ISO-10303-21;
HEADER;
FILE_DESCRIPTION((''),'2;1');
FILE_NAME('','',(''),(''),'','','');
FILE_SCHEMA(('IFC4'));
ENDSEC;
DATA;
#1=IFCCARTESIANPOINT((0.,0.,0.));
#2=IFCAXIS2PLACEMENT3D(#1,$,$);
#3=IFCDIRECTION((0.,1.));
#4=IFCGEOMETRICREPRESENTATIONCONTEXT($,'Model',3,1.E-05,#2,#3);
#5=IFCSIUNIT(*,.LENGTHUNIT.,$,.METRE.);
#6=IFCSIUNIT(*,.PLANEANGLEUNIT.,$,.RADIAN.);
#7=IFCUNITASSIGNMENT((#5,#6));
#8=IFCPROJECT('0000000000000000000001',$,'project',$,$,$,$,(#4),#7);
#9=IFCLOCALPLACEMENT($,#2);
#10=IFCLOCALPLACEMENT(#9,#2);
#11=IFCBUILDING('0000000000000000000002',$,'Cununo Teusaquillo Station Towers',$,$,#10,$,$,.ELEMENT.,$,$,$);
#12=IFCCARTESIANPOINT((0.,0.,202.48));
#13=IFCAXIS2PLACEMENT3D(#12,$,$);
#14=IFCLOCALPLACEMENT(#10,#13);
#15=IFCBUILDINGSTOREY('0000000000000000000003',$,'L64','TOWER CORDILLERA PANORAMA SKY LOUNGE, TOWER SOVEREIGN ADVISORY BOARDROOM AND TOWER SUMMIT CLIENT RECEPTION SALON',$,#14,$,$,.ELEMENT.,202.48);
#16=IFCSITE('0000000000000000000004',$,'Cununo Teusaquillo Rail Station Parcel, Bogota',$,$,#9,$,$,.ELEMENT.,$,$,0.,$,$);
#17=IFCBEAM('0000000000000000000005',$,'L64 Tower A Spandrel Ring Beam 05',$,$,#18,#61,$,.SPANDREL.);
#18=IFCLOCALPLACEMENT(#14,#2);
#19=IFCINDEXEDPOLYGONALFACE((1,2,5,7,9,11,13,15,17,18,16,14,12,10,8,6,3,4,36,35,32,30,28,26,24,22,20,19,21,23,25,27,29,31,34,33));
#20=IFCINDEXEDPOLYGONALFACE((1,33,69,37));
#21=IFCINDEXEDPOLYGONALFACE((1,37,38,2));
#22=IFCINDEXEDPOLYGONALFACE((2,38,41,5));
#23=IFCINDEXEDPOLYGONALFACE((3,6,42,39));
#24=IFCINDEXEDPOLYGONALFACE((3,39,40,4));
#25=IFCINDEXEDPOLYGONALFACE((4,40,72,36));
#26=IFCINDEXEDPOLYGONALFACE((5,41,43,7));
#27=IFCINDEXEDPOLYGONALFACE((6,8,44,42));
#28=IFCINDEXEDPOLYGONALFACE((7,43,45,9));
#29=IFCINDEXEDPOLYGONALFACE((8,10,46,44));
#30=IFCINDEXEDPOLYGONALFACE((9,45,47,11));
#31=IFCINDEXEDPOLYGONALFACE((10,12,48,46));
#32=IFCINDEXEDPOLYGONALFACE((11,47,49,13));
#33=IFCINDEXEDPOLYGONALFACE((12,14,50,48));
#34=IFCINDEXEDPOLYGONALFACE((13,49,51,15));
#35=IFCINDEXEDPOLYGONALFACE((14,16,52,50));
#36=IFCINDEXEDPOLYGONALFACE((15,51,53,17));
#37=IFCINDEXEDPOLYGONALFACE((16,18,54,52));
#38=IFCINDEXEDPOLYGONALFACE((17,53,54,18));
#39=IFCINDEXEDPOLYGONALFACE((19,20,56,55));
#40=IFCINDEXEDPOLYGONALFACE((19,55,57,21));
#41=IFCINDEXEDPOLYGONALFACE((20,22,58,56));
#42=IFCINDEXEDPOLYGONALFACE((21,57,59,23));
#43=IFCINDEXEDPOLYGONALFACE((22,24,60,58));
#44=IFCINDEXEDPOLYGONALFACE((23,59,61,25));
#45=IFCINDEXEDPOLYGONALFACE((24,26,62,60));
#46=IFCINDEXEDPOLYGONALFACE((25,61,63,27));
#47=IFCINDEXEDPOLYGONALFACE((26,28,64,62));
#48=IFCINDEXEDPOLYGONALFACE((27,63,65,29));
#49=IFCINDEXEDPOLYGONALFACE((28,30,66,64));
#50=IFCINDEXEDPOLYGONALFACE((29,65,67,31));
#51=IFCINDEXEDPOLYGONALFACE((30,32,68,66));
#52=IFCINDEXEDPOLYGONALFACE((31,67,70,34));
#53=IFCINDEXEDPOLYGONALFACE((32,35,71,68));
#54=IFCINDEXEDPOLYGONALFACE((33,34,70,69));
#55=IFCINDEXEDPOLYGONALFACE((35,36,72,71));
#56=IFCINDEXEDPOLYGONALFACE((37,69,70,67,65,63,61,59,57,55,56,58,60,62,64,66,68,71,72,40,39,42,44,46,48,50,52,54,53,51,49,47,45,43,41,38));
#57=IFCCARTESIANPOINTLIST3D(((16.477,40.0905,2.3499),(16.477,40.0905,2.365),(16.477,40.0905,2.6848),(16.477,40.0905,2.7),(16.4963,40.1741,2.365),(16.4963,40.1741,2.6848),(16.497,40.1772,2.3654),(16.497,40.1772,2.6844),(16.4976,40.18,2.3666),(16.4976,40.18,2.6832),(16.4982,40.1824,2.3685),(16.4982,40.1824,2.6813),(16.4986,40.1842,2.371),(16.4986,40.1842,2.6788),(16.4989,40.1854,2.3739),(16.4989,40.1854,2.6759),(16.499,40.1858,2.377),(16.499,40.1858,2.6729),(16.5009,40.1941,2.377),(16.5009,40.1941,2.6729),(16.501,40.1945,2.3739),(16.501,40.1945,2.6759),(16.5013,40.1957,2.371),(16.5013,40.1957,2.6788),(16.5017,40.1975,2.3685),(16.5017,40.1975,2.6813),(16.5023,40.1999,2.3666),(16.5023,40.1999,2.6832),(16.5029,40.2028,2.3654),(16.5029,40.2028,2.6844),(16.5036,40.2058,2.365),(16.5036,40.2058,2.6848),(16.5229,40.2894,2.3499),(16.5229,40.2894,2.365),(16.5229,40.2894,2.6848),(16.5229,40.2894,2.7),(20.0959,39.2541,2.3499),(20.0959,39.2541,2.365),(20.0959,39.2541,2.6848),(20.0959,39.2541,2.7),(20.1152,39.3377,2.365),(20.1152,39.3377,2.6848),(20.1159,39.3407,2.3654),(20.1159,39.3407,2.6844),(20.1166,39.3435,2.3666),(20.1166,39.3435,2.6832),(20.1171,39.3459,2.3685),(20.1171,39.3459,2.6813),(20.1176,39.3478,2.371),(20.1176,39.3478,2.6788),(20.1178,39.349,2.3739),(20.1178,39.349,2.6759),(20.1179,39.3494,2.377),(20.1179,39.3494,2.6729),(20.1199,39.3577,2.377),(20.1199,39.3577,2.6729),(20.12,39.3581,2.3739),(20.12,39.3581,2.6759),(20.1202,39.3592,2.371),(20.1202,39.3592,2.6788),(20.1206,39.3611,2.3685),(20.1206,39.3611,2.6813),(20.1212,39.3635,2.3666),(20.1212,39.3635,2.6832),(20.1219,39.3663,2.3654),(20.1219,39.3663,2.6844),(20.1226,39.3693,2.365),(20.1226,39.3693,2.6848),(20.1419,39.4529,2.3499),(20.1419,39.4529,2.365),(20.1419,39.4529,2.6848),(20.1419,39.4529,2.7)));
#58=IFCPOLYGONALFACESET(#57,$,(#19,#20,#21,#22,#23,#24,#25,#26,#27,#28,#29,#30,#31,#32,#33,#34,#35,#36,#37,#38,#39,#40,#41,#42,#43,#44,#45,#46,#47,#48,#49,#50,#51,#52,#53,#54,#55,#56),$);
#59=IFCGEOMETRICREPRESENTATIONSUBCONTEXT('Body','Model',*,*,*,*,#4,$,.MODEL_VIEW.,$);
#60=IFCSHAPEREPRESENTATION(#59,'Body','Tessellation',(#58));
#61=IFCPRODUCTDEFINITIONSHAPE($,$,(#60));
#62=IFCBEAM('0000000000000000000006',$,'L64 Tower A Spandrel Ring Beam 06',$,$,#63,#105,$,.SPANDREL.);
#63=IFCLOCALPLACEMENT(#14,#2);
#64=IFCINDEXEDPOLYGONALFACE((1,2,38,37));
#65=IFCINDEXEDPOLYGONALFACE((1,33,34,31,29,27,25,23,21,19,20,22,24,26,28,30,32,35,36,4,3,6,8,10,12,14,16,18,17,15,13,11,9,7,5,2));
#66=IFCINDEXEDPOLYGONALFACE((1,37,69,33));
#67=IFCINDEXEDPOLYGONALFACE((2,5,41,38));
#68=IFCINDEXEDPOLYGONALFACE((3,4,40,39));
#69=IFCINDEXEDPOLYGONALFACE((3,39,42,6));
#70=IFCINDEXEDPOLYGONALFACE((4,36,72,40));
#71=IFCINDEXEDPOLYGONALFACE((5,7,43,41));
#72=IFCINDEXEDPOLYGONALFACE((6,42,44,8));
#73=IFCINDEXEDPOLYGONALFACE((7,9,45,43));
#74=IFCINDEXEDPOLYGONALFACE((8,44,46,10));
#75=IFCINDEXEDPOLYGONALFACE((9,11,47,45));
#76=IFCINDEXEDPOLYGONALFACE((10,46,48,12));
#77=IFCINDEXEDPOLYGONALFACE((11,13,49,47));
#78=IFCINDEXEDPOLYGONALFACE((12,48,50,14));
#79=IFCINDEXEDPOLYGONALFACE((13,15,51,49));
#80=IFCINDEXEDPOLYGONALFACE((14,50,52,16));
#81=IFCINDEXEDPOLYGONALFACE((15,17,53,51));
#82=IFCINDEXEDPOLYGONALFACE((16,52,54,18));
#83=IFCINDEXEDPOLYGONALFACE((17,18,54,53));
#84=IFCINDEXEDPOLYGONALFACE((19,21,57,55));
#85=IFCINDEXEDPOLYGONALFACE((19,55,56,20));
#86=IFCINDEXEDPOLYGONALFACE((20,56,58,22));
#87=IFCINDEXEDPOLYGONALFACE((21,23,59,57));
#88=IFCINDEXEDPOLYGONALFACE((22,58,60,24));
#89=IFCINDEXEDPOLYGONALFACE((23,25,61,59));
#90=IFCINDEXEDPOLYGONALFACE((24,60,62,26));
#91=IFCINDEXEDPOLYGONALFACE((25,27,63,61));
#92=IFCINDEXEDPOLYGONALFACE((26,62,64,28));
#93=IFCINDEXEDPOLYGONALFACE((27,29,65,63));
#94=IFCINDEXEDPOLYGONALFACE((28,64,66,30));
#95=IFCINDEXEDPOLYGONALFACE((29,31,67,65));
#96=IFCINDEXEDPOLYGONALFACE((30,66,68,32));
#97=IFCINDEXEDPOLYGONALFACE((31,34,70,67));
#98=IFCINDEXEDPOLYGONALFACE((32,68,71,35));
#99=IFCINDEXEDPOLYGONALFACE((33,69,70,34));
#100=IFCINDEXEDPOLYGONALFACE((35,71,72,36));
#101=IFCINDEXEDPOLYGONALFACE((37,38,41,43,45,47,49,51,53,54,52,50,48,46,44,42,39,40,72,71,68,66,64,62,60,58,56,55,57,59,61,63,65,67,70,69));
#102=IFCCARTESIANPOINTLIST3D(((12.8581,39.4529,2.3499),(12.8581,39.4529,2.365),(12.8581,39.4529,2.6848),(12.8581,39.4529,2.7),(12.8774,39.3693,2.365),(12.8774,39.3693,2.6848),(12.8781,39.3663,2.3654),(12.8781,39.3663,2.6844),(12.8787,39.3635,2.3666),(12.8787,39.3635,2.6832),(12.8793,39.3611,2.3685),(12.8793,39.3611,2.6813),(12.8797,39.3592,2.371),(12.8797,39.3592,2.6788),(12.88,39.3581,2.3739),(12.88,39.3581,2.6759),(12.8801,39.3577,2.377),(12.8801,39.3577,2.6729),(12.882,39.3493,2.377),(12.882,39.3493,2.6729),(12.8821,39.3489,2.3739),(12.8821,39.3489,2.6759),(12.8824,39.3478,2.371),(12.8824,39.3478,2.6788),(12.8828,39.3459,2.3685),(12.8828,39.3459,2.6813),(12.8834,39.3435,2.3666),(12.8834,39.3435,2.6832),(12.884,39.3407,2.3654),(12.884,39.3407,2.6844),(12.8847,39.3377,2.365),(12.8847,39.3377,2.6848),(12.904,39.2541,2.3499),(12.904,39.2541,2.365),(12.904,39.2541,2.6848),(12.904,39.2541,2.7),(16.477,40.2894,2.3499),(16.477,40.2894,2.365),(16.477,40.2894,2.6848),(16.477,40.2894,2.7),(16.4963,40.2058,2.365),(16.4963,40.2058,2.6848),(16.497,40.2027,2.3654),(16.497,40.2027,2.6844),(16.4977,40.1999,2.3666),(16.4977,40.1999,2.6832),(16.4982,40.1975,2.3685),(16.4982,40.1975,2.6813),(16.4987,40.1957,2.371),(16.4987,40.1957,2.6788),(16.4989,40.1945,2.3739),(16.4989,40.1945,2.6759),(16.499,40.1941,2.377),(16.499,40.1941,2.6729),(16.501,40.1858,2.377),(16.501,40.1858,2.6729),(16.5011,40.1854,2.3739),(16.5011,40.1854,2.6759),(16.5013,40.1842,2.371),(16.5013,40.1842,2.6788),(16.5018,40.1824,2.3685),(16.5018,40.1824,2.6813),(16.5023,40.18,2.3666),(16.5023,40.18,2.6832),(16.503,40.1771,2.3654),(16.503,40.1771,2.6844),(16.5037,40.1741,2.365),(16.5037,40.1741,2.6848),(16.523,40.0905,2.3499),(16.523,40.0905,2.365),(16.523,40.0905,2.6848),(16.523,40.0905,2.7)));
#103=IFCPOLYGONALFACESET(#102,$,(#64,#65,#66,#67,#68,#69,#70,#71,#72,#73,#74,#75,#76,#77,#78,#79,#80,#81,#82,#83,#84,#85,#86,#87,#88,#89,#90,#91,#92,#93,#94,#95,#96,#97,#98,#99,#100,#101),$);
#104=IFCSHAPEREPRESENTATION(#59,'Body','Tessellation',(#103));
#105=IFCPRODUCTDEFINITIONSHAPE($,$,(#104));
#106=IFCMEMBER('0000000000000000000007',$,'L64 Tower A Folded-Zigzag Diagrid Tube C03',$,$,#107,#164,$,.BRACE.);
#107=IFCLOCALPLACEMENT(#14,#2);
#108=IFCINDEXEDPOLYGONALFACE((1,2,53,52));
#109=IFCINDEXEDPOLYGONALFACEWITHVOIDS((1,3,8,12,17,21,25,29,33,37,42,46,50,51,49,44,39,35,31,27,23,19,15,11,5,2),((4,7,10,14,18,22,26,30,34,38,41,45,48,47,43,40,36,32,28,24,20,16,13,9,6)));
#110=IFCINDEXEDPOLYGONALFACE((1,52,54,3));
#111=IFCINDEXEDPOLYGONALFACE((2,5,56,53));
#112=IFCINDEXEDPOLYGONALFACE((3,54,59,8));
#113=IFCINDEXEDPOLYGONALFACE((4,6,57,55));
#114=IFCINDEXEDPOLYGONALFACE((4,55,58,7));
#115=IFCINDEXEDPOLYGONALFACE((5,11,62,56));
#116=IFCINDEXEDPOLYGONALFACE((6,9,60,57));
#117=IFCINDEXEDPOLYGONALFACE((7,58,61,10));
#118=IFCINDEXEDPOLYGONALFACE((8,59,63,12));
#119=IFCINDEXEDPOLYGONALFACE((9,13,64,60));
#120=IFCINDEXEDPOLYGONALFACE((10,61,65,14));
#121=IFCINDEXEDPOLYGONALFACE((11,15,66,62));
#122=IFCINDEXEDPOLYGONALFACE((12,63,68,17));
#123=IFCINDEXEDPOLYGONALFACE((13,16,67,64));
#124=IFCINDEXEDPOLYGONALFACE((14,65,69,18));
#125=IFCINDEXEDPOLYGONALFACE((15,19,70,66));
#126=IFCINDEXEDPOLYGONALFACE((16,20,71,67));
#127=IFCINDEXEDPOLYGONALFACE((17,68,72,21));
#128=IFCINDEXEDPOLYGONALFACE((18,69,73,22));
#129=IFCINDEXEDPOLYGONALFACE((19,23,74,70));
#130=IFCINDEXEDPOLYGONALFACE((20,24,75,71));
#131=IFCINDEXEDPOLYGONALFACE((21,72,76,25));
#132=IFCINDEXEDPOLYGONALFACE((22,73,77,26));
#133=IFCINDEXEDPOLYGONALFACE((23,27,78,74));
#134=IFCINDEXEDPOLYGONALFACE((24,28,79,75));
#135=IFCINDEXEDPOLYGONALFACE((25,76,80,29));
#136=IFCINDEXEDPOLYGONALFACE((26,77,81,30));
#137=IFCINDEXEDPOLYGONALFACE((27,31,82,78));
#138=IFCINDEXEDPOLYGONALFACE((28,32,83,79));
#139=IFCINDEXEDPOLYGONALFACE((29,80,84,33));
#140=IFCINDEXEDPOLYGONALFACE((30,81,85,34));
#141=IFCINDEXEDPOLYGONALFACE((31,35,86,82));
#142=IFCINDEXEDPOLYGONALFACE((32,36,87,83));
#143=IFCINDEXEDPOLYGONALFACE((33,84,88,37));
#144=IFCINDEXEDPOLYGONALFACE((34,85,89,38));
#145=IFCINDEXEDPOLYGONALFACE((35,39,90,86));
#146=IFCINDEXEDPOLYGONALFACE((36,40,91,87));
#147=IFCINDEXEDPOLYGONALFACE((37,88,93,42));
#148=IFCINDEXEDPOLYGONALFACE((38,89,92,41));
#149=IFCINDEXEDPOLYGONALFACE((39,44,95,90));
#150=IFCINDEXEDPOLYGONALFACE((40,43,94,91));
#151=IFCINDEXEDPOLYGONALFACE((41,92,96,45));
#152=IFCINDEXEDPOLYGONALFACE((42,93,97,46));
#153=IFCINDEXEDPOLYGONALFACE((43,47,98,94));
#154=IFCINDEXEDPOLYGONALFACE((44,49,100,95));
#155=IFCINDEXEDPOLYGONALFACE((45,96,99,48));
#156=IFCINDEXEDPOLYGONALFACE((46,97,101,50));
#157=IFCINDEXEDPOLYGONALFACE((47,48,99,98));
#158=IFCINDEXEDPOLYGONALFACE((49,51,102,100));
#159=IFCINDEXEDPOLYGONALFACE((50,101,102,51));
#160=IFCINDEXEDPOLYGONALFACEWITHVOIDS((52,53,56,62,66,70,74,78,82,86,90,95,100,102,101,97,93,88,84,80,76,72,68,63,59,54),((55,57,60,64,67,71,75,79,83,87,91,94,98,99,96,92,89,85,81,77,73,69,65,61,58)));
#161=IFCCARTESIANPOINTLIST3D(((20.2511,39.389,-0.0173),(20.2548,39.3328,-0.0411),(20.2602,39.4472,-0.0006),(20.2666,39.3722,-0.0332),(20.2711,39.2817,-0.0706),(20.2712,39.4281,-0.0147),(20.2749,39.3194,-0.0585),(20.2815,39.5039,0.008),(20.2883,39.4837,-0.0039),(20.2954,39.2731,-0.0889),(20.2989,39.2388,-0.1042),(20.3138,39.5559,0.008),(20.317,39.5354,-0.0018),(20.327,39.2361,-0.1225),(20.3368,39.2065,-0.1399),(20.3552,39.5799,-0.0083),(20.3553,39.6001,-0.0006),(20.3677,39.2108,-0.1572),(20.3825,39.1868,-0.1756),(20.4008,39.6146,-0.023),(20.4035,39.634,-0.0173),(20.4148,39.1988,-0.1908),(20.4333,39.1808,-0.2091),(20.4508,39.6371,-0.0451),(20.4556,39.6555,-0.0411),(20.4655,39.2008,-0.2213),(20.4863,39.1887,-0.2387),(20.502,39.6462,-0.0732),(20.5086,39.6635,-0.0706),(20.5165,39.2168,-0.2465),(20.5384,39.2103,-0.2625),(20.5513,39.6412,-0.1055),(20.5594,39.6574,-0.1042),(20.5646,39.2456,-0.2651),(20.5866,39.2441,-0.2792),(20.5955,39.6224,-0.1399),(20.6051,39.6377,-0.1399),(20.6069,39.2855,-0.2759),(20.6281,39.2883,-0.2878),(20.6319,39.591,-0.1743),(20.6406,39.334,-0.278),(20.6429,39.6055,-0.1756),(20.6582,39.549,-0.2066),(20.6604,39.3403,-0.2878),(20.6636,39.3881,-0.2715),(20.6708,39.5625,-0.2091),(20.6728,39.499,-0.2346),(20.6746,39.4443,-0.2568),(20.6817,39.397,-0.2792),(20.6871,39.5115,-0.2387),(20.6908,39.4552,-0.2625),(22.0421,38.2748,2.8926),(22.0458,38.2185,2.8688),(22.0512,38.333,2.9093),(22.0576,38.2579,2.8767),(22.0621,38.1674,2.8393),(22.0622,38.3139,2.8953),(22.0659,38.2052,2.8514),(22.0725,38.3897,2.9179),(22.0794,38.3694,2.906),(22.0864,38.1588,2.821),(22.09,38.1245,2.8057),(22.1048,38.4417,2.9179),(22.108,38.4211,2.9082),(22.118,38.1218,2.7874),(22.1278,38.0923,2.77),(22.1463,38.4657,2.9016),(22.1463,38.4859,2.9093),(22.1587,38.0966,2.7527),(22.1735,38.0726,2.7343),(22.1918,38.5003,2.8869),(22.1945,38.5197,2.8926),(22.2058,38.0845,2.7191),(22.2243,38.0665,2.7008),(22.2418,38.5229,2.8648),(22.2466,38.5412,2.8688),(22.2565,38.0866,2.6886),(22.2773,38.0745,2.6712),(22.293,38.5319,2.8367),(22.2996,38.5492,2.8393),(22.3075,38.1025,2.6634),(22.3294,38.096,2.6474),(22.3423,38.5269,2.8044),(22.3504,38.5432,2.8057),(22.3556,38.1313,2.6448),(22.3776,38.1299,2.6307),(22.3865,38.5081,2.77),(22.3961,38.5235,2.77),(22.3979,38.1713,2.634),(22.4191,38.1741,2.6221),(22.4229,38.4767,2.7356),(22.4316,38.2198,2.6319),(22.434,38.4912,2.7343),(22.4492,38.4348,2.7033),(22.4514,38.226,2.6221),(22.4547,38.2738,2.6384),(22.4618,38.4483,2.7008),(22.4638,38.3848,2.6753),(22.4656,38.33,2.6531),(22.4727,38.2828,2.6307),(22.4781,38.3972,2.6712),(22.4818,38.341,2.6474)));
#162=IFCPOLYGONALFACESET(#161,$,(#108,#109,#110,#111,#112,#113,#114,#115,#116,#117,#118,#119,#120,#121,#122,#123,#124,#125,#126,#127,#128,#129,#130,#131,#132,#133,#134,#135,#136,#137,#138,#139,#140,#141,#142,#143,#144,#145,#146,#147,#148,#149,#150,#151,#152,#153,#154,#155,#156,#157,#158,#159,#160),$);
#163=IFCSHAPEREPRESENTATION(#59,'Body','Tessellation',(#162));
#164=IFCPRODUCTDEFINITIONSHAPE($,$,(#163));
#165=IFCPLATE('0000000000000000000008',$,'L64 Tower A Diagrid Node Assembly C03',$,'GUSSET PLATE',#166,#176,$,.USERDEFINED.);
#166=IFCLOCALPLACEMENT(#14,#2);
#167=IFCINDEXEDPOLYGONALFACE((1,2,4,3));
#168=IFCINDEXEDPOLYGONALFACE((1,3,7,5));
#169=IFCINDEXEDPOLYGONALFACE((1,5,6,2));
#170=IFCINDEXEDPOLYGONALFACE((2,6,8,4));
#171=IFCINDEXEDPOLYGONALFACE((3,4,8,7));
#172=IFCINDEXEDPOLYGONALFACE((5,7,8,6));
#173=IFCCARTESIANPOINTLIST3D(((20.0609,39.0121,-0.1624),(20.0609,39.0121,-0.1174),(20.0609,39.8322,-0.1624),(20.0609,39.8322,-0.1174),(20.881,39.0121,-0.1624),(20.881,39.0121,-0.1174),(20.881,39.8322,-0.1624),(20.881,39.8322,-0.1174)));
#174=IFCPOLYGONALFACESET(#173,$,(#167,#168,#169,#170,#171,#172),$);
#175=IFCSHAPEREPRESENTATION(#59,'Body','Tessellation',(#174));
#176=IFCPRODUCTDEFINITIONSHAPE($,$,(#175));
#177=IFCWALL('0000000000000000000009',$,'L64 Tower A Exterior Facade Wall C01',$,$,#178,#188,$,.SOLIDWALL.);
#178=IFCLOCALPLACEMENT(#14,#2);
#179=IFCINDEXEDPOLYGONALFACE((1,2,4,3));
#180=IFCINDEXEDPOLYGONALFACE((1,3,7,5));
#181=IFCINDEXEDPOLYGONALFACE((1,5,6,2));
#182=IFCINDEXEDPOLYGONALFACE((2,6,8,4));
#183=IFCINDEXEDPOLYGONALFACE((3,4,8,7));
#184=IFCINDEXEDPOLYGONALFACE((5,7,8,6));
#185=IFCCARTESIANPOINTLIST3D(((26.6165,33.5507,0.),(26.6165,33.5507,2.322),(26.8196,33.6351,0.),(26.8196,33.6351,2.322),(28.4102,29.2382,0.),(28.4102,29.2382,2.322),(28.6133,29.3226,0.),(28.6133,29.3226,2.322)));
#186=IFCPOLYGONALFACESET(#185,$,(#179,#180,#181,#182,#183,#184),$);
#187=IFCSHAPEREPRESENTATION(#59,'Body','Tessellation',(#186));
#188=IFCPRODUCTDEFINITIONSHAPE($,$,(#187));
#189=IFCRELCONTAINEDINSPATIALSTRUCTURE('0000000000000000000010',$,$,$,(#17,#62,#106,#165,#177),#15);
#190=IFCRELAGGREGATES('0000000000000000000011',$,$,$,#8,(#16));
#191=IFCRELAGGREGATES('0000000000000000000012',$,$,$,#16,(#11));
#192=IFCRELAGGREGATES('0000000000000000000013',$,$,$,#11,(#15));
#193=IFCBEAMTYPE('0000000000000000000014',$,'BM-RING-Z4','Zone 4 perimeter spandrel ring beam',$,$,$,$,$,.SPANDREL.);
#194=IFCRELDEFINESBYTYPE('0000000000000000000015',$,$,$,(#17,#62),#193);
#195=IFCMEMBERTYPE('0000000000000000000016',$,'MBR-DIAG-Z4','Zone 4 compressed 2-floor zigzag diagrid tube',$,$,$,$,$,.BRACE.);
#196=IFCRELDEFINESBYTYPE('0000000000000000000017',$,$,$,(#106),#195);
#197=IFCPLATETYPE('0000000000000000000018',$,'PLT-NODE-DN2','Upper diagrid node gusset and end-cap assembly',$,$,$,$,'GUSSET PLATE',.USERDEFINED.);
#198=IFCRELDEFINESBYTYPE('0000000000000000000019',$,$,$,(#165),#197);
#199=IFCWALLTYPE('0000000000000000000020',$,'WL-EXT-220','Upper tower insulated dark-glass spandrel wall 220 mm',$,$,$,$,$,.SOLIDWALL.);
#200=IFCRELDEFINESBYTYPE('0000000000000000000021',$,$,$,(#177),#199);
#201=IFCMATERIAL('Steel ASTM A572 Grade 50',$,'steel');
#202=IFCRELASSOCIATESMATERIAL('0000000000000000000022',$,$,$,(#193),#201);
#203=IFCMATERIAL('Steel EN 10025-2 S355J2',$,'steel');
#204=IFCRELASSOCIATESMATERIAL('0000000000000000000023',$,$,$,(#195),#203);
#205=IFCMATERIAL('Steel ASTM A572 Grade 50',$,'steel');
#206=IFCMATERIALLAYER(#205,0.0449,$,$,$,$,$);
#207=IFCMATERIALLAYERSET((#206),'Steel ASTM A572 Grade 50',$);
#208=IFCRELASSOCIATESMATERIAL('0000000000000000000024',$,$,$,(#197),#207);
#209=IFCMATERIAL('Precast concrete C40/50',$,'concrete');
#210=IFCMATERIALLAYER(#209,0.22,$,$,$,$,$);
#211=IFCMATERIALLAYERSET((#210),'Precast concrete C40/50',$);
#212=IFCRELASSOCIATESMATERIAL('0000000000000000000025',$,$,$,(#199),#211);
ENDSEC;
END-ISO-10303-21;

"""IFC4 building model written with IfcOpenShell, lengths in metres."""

from ifc_helpers import new_model, si_unit, direction, frame, frame_2d, origin, origin_2d, place, context, subcontext, project, spatial, rectangle, hollow_circle, i_section, extrude, source, transform, mapped, material, layer, layer_set, material_profile, profile_set, type_object, element, save


model = new_model("IFC4")

# Units and contexts
model_context = context("Model", 3, precision=1e-05, world=origin(), true_north=direction((0.0, 1.0)))
body_context = subcontext(model_context, "Body", "Model", "MODEL_VIEW")
ifc_project = project(units=[si_unit("LENGTHUNIT", "METRE"), si_unit("PLANEANGLEUNIT", "RADIAN")], contexts=[model_context])

# Site, building, storey
site_placement = place(None, origin())
site = spatial("IfcSite", under=ifc_project, at=site_placement, Name="Cununo Teusaquillo Rail Station Parcel, Bogota", CompositionType="ELEMENT", RefElevation=0.0)
building_placement = place(site_placement, origin())
building = spatial("IfcBuilding", under=site, at=building_placement, Name="Cununo Teusaquillo Station Towers", CompositionType="ELEMENT")
storey_placement = place(building_placement, frame((0.0, 0.0, 202.48)))
storey = spatial("IfcBuildingStorey", under=building, at=storey_placement, Name="L64", Description="TOWER CORDILLERA PANORAMA SKY LOUNGE, TOWER SOVEREIGN ADVISORY BOARDROOM AND TOWER SUMMIT CLIENT RECEPTION SALON", CompositionType="ELEMENT", Elevation=202.48)

# Beams
ifc_material_1 = material(Name="Steel ASTM A572 Grade 50", Category="steel")
ifc_material_profile_1 = material_profile(ifc_material_1, i_section(OverallWidth=0.2041, OverallDepth=0.3501, WebThickness=0.0085, FlangeThickness=0.0151, FilletRadius=0.012, at=origin_2d()), Name="W14X48")
ifc_profile_set_1 = profile_set([ifc_material_profile_1], Name="Steel ASTM A572 Grade 50")
beam_type_1 = type_object("IfcBeamType", Name="BM-RING-Z4", Description="Zone 4 perimeter spandrel ring beam", PredefinedType="SPANDREL", material=ifc_profile_set_1)
for number, where, z_axis, x_axis, name in (
    (1, (20.1189, 39.3535, 2.5249), (-0.974315, 0.225191, 0.0), (-0.225191, -0.974315, 0.0), "L64 Tower A Spandrel Ring Beam 05"),
    (2, (16.5, 40.1899, 2.5249), (-0.974315, -0.225191, 0.0), (0.225191, -0.974315, 0.0), "L64 Tower A Spandrel Ring Beam 06"),
):
    element("IfcBeam", number, at=place(storey_placement, frame(where, z_axis=z_axis, x_axis=x_axis)), inside=storey, type_object=beam_type_1, Name=name, PredefinedType="SPANDREL", context=body_context, shape_type="SweptSolid", body=[
        extrude(i_section(OverallWidth=0.2041, OverallDepth=0.3501, WebThickness=0.0085, FlangeThickness=0.0151, FilletRadius=0.012, at=origin_2d()), origin(), (0.0, 0.0, 1.0), 3.7144),
    ])

# Member
ifc_material_2 = material(Name="Steel EN 10025-2 S355J2", Category="steel")
ifc_material_profile_2 = material_profile(ifc_material_2, hollow_circle(Radius=0.2539, WallThickness=0.0181, at=origin_2d()), Name="CHS 508x18")
ifc_profile_set_2 = profile_set([ifc_material_profile_2], Name="Steel EN 10025-2 S355J2")
member_type = type_object("IfcMemberType", Name="MBR-DIAG-Z4", Description="Zone 4 compressed 2-floor zigzag diagrid tube", PredefinedType="BRACE", material=ifc_profile_set_2)
member_placement = place(storey_placement, frame((20.4709, 39.4221, -0.1399), z_axis=(0.498334, -0.310032, 0.809656), x_axis=(0.52825, 0.849089, 0.0)))
element("IfcMember", 3, at=member_placement, inside=storey, type_object=member_type, Name="L64 Tower A Folded-Zigzag Diagrid Tube C03", PredefinedType="BRACE", context=body_context, shape_type="SweptSolid", body=[
    extrude(hollow_circle(Radius=0.2539, WallThickness=0.0181, at=origin_2d()), origin(), (0.0, 0.0, 1.0), 3.594),
])

# Plate
ifc_material_3 = material(Name="Steel ASTM A572 Grade 50", Category="steel")
ifc_layer_1 = layer(ifc_material_3, 0.0449)
ifc_layer_set_1 = layer_set([ifc_layer_1], Name="Steel ASTM A572 Grade 50")
plate_type = type_object("IfcPlateType", Name="PLT-NODE-DN2", Description="Upper diagrid node gusset and end-cap assembly", ElementType="GUSSET PLATE", PredefinedType="USERDEFINED", material=ifc_layer_set_1)
shared_shape_1 = source(origin(), body_context, "Body", "SweptSolid", [
    extrude(rectangle(XDim=0.8201, YDim=0.8201, at=origin_2d()), origin(), (0.0, 0.0, 1.0), 0.0449),
])
plate_placement = place(storey_placement, frame((20.4709, 39.4221, -0.1624), z_axis=(0.0, 0.0, 1.0), x_axis=(1.0, 0.0, 0.0)))
element("IfcPlate", 4, at=plate_placement, inside=storey, type_object=plate_type, Name="L64 Tower A Diagrid Node Assembly C03", ObjectType="GUSSET PLATE", PredefinedType="USERDEFINED", context=body_context, shape_type="MappedRepresentation", body=[
    mapped(shared_shape_1, transform((0.0, 0.0, 0.0), x_axis=(1.0, 0.0, 0.0), y_axis=(0.0, 1.0, 0.0), z_axis=(0.0, 0.0, 1.0), scale=1.0)),
])

# Wall
ifc_material_4 = material(Name="Precast concrete C40/50", Category="concrete")
ifc_layer_2 = layer(ifc_material_4, 0.22)
ifc_layer_set_2 = layer_set([ifc_layer_2], Name="Precast concrete C40/50")
wall_type_1 = type_object("IfcWallType", Name="WL-EXT-220", Description="Upper tower insulated dark-glass spandrel wall 220 mm", PredefinedType="SOLIDWALL", material=ifc_layer_set_2)
wall_1_placement = place(storey_placement, frame((26.718, 33.593, 0.0), z_axis=(0.0, 0.0, 1.0), x_axis=(0.384036, -0.923318, 0.0)))
element("IfcWall", 5, at=wall_1_placement, inside=storey, type_object=wall_type_1, Name="L64 Tower A Exterior Facade Wall C01", PredefinedType="SOLIDWALL", context=body_context, shape_type="SweptSolid", body=[
    extrude(rectangle(XDim=4.6707, YDim=0.22, at=frame_2d((2.3354, 0.0))), origin(), (0.0, 0.0, 1.0), 2.322),
])

save(model, "model.ifc")
